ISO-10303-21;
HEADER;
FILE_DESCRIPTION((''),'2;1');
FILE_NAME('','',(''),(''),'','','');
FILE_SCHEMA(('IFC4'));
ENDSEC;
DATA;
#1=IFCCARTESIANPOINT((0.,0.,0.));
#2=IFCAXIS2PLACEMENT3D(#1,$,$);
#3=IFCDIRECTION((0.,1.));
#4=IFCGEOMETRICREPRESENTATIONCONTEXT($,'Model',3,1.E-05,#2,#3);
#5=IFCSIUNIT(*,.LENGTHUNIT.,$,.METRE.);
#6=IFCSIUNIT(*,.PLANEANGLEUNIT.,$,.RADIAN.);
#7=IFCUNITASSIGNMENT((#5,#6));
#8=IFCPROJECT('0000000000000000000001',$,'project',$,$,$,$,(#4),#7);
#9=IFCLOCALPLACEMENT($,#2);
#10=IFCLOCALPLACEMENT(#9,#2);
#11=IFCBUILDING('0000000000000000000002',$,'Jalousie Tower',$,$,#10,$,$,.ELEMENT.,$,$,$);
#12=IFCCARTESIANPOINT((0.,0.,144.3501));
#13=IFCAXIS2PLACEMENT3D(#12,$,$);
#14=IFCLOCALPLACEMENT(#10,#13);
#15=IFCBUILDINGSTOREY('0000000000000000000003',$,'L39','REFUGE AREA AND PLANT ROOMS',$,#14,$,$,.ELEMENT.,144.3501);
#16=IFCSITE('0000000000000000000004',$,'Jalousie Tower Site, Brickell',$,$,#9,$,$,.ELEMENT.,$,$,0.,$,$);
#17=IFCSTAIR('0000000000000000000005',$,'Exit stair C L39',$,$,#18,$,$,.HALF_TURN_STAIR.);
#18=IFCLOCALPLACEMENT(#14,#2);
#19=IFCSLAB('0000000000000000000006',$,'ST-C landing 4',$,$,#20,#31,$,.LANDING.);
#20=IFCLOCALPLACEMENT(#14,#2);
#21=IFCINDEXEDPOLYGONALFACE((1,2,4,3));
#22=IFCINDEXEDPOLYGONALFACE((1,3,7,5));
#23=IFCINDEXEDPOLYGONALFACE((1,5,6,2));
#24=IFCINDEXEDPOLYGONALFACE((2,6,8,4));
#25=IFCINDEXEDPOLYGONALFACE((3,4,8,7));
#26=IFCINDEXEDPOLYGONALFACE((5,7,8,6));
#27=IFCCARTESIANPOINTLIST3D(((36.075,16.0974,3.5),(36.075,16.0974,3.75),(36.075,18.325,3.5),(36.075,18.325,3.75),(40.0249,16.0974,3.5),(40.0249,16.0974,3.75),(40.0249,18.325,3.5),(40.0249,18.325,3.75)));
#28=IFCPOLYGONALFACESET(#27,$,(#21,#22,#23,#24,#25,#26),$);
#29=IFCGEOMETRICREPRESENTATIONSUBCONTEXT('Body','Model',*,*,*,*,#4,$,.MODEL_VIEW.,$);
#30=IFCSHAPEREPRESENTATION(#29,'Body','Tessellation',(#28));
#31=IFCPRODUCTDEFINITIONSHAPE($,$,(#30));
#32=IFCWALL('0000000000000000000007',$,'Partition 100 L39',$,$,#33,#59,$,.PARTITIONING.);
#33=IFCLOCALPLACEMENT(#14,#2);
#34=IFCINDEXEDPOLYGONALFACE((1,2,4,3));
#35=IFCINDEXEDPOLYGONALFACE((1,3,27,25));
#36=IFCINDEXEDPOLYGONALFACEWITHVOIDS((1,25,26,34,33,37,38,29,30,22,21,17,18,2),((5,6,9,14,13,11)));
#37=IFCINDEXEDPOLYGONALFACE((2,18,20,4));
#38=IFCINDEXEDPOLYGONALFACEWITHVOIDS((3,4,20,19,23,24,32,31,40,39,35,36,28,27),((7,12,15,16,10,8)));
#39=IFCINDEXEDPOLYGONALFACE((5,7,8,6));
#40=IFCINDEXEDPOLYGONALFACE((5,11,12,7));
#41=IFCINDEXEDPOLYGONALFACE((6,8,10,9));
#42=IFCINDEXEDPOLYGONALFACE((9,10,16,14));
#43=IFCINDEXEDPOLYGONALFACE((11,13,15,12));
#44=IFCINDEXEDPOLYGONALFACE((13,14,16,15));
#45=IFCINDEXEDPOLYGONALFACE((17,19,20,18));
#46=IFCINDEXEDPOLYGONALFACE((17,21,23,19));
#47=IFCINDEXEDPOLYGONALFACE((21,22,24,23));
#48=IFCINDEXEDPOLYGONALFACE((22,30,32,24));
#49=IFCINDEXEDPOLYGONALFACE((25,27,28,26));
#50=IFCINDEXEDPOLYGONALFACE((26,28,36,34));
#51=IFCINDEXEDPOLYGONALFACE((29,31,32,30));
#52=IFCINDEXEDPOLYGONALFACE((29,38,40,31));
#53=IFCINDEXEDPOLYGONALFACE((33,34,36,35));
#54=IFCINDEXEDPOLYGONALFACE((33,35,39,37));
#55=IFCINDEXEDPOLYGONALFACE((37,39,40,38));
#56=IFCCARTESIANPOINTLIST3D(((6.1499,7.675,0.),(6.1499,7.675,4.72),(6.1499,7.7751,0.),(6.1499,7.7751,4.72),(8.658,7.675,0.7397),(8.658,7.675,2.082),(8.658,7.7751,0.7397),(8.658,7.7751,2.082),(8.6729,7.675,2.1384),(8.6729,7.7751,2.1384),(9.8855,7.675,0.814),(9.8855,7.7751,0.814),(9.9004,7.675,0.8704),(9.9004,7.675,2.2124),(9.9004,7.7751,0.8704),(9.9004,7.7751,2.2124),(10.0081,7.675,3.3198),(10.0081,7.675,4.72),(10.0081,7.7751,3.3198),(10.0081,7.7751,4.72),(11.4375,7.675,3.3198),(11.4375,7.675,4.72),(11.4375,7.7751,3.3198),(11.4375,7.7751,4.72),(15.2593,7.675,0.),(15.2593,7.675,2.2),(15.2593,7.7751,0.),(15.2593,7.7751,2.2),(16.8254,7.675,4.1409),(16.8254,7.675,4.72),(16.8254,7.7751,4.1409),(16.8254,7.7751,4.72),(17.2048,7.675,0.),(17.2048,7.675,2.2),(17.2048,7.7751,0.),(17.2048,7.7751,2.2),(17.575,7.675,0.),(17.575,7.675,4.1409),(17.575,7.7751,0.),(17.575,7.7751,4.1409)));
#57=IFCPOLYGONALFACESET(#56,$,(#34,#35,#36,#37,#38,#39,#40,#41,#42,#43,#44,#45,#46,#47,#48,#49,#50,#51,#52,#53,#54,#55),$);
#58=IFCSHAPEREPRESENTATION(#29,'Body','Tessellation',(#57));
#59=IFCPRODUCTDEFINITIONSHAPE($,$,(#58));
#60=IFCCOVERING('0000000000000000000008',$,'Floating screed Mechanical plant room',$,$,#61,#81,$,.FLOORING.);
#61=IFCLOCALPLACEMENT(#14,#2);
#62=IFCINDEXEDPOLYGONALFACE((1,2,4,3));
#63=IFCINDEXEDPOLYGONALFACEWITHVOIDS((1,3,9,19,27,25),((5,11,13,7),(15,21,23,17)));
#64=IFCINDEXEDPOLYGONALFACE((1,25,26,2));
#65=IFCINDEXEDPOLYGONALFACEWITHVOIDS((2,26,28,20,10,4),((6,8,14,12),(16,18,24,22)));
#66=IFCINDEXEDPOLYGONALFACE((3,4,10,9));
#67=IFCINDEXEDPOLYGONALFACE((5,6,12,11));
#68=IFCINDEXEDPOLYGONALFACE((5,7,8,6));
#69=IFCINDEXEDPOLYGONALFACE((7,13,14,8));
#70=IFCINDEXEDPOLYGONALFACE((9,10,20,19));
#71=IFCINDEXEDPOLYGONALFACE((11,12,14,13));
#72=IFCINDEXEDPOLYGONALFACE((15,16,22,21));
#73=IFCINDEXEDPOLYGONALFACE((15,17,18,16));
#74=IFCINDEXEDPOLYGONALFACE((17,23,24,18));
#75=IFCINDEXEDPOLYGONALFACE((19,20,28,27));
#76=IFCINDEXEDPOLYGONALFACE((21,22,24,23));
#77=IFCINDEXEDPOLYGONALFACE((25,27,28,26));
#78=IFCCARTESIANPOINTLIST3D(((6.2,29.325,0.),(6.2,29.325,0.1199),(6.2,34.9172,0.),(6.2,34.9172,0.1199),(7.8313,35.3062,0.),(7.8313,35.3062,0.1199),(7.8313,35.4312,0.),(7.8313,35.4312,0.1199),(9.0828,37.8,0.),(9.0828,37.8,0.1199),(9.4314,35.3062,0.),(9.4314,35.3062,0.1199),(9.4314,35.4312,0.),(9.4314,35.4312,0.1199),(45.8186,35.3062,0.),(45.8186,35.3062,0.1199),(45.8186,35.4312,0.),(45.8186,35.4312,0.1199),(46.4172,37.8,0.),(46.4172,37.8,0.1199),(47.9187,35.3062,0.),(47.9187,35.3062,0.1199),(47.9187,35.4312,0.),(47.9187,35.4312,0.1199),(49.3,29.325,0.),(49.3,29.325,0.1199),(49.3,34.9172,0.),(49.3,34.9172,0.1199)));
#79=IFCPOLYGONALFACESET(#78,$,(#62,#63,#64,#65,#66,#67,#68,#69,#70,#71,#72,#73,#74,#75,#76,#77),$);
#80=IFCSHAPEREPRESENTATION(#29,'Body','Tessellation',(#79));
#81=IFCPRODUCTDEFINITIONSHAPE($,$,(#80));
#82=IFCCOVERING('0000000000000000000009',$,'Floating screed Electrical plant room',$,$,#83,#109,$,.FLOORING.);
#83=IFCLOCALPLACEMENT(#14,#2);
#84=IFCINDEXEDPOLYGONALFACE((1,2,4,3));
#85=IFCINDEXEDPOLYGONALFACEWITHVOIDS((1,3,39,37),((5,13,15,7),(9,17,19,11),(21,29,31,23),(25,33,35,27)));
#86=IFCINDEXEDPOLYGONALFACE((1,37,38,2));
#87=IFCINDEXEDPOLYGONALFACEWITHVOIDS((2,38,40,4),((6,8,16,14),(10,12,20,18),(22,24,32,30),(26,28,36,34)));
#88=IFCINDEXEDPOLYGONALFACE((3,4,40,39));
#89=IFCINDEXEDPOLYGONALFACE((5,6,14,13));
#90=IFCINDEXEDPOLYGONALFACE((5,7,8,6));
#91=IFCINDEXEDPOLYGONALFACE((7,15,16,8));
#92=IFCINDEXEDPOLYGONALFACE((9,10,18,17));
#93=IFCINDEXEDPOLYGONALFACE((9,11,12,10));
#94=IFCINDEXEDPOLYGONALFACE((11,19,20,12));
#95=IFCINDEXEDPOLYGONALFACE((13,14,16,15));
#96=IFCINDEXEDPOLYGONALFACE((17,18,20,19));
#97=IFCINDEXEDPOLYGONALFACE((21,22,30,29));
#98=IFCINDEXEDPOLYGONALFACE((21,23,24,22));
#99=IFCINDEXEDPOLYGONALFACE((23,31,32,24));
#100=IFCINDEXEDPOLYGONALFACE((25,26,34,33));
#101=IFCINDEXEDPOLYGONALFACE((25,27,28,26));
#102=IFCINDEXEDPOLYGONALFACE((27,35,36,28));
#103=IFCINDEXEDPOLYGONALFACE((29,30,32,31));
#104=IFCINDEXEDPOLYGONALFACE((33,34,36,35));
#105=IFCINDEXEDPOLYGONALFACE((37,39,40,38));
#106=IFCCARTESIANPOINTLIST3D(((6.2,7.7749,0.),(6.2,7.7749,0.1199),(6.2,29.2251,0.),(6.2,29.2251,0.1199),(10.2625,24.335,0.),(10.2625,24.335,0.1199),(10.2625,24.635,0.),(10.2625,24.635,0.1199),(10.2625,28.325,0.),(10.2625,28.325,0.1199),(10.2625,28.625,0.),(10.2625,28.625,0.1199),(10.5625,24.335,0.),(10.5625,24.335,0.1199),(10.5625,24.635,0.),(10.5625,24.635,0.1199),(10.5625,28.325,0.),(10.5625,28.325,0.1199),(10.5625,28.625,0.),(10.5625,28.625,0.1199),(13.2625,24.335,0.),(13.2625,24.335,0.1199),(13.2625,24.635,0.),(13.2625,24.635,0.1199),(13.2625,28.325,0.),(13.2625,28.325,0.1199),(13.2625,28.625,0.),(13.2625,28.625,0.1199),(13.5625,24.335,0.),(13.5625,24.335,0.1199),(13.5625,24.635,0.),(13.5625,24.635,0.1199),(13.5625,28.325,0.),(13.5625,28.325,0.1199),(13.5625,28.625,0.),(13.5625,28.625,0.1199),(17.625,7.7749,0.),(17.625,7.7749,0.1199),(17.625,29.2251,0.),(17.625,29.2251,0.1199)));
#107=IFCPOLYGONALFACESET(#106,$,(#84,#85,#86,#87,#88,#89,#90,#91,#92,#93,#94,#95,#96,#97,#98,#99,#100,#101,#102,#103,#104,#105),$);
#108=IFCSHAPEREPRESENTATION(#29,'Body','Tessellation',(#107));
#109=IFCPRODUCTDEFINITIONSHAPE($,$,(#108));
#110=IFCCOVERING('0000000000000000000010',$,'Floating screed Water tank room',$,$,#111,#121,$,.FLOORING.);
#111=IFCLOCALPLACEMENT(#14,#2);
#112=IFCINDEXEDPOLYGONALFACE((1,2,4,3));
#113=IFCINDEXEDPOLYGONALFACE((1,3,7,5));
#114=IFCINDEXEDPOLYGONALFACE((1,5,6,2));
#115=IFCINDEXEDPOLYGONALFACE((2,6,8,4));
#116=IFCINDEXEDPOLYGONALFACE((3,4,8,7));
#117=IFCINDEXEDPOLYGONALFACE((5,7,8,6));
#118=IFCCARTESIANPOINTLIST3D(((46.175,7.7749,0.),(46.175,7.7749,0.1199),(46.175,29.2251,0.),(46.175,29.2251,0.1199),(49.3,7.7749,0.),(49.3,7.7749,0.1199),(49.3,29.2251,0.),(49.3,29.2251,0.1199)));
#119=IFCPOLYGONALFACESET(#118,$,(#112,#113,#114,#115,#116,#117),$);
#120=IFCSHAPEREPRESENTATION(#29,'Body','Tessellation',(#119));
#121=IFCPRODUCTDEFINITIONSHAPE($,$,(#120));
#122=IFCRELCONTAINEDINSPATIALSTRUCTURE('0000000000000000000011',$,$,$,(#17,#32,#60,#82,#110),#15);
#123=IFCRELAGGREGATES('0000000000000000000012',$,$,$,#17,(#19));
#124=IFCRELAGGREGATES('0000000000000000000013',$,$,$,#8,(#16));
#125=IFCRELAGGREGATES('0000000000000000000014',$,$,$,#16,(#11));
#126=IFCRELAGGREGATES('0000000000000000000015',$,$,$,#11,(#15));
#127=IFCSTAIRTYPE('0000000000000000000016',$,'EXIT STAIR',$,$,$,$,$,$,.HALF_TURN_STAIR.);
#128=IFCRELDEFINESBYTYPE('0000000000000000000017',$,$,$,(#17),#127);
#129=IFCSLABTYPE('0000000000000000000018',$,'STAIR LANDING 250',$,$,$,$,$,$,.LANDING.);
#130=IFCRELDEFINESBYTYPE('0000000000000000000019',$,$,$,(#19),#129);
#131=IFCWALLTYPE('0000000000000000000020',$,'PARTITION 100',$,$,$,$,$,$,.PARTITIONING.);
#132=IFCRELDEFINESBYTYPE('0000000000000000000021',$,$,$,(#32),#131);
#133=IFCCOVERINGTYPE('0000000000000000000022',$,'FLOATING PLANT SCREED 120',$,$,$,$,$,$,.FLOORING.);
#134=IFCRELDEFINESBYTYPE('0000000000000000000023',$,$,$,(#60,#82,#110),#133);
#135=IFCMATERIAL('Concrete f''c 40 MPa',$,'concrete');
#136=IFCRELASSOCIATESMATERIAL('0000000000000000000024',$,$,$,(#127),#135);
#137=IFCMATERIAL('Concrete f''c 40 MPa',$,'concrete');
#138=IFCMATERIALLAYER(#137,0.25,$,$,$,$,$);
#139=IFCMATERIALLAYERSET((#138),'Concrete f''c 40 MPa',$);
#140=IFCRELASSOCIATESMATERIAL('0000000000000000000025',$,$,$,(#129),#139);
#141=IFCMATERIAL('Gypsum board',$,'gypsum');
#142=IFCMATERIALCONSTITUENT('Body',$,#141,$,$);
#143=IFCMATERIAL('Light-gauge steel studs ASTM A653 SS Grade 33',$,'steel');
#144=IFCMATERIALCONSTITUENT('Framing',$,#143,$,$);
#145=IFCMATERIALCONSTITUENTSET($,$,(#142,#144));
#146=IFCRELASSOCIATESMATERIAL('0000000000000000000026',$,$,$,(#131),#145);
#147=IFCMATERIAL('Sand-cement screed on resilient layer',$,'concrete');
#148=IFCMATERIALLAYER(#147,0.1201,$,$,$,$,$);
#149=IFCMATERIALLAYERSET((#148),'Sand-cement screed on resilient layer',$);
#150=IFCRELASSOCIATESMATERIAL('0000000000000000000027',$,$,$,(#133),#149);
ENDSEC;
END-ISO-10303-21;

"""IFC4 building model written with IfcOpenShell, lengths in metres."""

from ifc_helpers import new_model, si_unit, direction, frame, origin, place, context, subcontext, project, spatial, polyline, outline, extrude, material, layer, layer_set, constituent, constituent_set, type_object, element, aggregate, save


model = new_model("IFC4")

# Units and contexts
model_context = context("Model", 3, precision=1e-05, world=origin(), true_north=direction((0.0, 1.0)))
body_context = subcontext(model_context, "Body", "Model", "MODEL_VIEW")
ifc_project = project(units=[si_unit("LENGTHUNIT", "METRE"), si_unit("PLANEANGLEUNIT", "RADIAN")], contexts=[model_context])

# Site, building, storey
site_placement = place(None, origin())
site = spatial("IfcSite", under=ifc_project, at=site_placement, Name="Jalousie Tower Site, Brickell", CompositionType="ELEMENT", RefElevation=0.0)
building_placement = place(site_placement, origin())
building = spatial("IfcBuilding", under=site, at=building_placement, Name="Jalousie Tower", CompositionType="ELEMENT")
storey_placement = place(building_placement, frame((0.0, 0.0, 144.3501)))
storey = spatial("IfcBuildingStorey", under=building, at=storey_placement, Name="L39", Description="REFUGE AREA AND PLANT ROOMS", CompositionType="ELEMENT", Elevation=144.3501)

# Stair, slab
ifc_material_1 = material(Name="Concrete f'c 40 MPa", Category="concrete")
stair_type = type_object("IfcStairType", Name="EXIT STAIR", PredefinedType="HALF_TURN_STAIR", material=ifc_material_1)
ifc_material_2 = material(Name="Concrete f'c 40 MPa", Category="concrete")
ifc_layer_1 = layer(ifc_material_2, 0.25)
ifc_layer_set_1 = layer_set([ifc_layer_1], Name="Concrete f'c 40 MPa")
slab_type_1 = type_object("IfcSlabType", Name="STAIR LANDING 250", PredefinedType="LANDING", material=ifc_layer_set_1)
stair_1_placement = place(storey_placement, origin())
stair_1 = element("IfcStair", 1, at=stair_1_placement, inside=storey, type_object=stair_type, Name="Exit stair C L39", PredefinedType="HALF_TURN_STAIR")
slab_1_placement = place(storey_placement, frame((0.0, 0.0, 3.5)))
slab_1 = element("IfcSlab", 2, at=slab_1_placement, type_object=slab_type_1, Name="ST-C landing 4", PredefinedType="LANDING", context=body_context, shape_type="SweptSolid", body=[
    extrude(outline(polyline([(36.075, 16.0974), (40.0249, 16.0974), (40.0249, 18.325), (36.075, 18.325), (36.075, 16.0974)])), origin(), (0.0, 0.0, 1.0), 0.25),
])
aggregate(stair_1, [slab_1])

# Wall
ifc_material_3 = material(Name="Gypsum board", Category="gypsum")
ifc_constituent_1 = constituent(ifc_material_3, Name="Body")
ifc_material_4 = material(Name="Light-gauge steel studs ASTM A653 SS Grade 33", Category="steel")
ifc_constituent_2 = constituent(ifc_material_4, Name="Framing")
ifc_constituent_set = constituent_set(constituents=[ifc_constituent_1, ifc_constituent_2])
wall_type = type_object("IfcWallType", Name="PARTITION 100", PredefinedType="PARTITIONING", material=ifc_constituent_set)
wall_placement = place(storey_placement, frame((6.1499, 7.7251, 0.0), z_axis=(0.0, 0.0, 1.0), x_axis=(1.0, 0.0, 0.0)))
element("IfcWall", 3, at=wall_placement, inside=storey, type_object=wall_type, Name="Partition 100 L39", PredefinedType="PARTITIONING", context=body_context, shape_type="SweptSolid", body=[
    extrude(outline(polyline([(11.0549, 0.0), (11.425, 0.0), (11.425, 4.1409), (10.6755, 4.1409), (10.6755, 4.72), (5.2876, 4.72), (5.2876, 3.3198), (3.8582, 3.3198), (3.8582, 4.72), (0.0, 4.72), (0.0, 0.0), (9.1094, 0.0), (9.1094, 2.2), (11.0549, 2.2), (11.0549, 0.0)]), holes=[polyline([(2.5081, 0.7397), (2.5081, 2.082), (2.5229, 2.1384), (3.7505, 2.2124), (3.7505, 0.8704), (3.7356, 0.814), (2.5081, 0.7397)])]), frame((0.0, 0.05, 0.0), z_axis=(0.0, -1.0, 0.0), x_axis=(1.0, 0.0, 0.0)), (0.0, 0.0, 1.0), 0.1001),
])

# Coverings
ifc_material_5 = material(Name="Sand-cement screed on resilient layer", Category="concrete")
ifc_layer_2 = layer(ifc_material_5, 0.1201)
ifc_layer_set_2 = layer_set([ifc_layer_2], Name="Sand-cement screed on resilient layer")
covering_type = type_object("IfcCoveringType", Name="FLOATING PLANT SCREED 120", PredefinedType="FLOORING", material=ifc_layer_set_2)
covering_1_placement = place(storey_placement, origin())
element("IfcCovering", 4, at=covering_1_placement, inside=storey, type_object=covering_type, Name="Floating screed Mechanical plant room", PredefinedType="FLOORING", context=body_context, shape_type="SweptSolid", body=[
    extrude(outline(polyline([(6.2, 34.9172), (9.0828, 37.8), (46.4172, 37.8), (49.3, 34.9172), (49.3, 29.325), (6.2, 29.325), (6.2, 34.9172)]), holes=[polyline([(45.8186, 35.3062), (47.9187, 35.3062), (47.9187, 35.4312), (45.8186, 35.4312), (45.8186, 35.3062)]), polyline([(7.8313, 35.3062), (9.4314, 35.3062), (9.4314, 35.4312), (7.8313, 35.4312), (7.8313, 35.3062)])]), origin(), (0.0, 0.0, 1.0), 0.1199),
])
covering_2_placement = place(storey_placement, origin())
element("IfcCovering", 5, at=covering_2_placement, inside=storey, type_object=covering_type, Name="Floating screed Electrical plant room", PredefinedType="FLOORING", context=body_context, shape_type="SweptSolid", body=[
    extrude(outline(polyline([(17.625, 7.7749), (6.2, 7.7749), (6.2, 29.2251), (17.625, 29.2251), (17.625, 7.7749)]), holes=[polyline([(10.2625, 24.335), (10.5625, 24.335), (10.5625, 24.635), (10.2625, 24.635), (10.2625, 24.335)]), polyline([(13.2625, 24.335), (13.5625, 24.335), (13.5625, 24.635), (13.2625, 24.635), (13.2625, 24.335)]), polyline([(10.2625, 28.325), (10.5625, 28.325), (10.5625, 28.625), (10.2625, 28.625), (10.2625, 28.325)]), polyline([(13.2625, 28.325), (13.5625, 28.325), (13.5625, 28.625), (13.2625, 28.625), (13.2625, 28.325)])]), origin(), (0.0, 0.0, 1.0), 0.1199),
])
covering_3_placement = place(storey_placement, origin())
element("IfcCovering", 6, at=covering_3_placement, inside=storey, type_object=covering_type, Name="Floating screed Water tank room", PredefinedType="FLOORING", context=body_context, shape_type="SweptSolid", body=[
    extrude(outline(polyline([(49.3, 29.2251), (49.3, 7.7749), (46.175, 7.7749), (46.175, 29.2251), (49.3, 29.2251)])), origin(), (0.0, 0.0, 1.0), 0.1199),
])

save(model, "model.ifc")
